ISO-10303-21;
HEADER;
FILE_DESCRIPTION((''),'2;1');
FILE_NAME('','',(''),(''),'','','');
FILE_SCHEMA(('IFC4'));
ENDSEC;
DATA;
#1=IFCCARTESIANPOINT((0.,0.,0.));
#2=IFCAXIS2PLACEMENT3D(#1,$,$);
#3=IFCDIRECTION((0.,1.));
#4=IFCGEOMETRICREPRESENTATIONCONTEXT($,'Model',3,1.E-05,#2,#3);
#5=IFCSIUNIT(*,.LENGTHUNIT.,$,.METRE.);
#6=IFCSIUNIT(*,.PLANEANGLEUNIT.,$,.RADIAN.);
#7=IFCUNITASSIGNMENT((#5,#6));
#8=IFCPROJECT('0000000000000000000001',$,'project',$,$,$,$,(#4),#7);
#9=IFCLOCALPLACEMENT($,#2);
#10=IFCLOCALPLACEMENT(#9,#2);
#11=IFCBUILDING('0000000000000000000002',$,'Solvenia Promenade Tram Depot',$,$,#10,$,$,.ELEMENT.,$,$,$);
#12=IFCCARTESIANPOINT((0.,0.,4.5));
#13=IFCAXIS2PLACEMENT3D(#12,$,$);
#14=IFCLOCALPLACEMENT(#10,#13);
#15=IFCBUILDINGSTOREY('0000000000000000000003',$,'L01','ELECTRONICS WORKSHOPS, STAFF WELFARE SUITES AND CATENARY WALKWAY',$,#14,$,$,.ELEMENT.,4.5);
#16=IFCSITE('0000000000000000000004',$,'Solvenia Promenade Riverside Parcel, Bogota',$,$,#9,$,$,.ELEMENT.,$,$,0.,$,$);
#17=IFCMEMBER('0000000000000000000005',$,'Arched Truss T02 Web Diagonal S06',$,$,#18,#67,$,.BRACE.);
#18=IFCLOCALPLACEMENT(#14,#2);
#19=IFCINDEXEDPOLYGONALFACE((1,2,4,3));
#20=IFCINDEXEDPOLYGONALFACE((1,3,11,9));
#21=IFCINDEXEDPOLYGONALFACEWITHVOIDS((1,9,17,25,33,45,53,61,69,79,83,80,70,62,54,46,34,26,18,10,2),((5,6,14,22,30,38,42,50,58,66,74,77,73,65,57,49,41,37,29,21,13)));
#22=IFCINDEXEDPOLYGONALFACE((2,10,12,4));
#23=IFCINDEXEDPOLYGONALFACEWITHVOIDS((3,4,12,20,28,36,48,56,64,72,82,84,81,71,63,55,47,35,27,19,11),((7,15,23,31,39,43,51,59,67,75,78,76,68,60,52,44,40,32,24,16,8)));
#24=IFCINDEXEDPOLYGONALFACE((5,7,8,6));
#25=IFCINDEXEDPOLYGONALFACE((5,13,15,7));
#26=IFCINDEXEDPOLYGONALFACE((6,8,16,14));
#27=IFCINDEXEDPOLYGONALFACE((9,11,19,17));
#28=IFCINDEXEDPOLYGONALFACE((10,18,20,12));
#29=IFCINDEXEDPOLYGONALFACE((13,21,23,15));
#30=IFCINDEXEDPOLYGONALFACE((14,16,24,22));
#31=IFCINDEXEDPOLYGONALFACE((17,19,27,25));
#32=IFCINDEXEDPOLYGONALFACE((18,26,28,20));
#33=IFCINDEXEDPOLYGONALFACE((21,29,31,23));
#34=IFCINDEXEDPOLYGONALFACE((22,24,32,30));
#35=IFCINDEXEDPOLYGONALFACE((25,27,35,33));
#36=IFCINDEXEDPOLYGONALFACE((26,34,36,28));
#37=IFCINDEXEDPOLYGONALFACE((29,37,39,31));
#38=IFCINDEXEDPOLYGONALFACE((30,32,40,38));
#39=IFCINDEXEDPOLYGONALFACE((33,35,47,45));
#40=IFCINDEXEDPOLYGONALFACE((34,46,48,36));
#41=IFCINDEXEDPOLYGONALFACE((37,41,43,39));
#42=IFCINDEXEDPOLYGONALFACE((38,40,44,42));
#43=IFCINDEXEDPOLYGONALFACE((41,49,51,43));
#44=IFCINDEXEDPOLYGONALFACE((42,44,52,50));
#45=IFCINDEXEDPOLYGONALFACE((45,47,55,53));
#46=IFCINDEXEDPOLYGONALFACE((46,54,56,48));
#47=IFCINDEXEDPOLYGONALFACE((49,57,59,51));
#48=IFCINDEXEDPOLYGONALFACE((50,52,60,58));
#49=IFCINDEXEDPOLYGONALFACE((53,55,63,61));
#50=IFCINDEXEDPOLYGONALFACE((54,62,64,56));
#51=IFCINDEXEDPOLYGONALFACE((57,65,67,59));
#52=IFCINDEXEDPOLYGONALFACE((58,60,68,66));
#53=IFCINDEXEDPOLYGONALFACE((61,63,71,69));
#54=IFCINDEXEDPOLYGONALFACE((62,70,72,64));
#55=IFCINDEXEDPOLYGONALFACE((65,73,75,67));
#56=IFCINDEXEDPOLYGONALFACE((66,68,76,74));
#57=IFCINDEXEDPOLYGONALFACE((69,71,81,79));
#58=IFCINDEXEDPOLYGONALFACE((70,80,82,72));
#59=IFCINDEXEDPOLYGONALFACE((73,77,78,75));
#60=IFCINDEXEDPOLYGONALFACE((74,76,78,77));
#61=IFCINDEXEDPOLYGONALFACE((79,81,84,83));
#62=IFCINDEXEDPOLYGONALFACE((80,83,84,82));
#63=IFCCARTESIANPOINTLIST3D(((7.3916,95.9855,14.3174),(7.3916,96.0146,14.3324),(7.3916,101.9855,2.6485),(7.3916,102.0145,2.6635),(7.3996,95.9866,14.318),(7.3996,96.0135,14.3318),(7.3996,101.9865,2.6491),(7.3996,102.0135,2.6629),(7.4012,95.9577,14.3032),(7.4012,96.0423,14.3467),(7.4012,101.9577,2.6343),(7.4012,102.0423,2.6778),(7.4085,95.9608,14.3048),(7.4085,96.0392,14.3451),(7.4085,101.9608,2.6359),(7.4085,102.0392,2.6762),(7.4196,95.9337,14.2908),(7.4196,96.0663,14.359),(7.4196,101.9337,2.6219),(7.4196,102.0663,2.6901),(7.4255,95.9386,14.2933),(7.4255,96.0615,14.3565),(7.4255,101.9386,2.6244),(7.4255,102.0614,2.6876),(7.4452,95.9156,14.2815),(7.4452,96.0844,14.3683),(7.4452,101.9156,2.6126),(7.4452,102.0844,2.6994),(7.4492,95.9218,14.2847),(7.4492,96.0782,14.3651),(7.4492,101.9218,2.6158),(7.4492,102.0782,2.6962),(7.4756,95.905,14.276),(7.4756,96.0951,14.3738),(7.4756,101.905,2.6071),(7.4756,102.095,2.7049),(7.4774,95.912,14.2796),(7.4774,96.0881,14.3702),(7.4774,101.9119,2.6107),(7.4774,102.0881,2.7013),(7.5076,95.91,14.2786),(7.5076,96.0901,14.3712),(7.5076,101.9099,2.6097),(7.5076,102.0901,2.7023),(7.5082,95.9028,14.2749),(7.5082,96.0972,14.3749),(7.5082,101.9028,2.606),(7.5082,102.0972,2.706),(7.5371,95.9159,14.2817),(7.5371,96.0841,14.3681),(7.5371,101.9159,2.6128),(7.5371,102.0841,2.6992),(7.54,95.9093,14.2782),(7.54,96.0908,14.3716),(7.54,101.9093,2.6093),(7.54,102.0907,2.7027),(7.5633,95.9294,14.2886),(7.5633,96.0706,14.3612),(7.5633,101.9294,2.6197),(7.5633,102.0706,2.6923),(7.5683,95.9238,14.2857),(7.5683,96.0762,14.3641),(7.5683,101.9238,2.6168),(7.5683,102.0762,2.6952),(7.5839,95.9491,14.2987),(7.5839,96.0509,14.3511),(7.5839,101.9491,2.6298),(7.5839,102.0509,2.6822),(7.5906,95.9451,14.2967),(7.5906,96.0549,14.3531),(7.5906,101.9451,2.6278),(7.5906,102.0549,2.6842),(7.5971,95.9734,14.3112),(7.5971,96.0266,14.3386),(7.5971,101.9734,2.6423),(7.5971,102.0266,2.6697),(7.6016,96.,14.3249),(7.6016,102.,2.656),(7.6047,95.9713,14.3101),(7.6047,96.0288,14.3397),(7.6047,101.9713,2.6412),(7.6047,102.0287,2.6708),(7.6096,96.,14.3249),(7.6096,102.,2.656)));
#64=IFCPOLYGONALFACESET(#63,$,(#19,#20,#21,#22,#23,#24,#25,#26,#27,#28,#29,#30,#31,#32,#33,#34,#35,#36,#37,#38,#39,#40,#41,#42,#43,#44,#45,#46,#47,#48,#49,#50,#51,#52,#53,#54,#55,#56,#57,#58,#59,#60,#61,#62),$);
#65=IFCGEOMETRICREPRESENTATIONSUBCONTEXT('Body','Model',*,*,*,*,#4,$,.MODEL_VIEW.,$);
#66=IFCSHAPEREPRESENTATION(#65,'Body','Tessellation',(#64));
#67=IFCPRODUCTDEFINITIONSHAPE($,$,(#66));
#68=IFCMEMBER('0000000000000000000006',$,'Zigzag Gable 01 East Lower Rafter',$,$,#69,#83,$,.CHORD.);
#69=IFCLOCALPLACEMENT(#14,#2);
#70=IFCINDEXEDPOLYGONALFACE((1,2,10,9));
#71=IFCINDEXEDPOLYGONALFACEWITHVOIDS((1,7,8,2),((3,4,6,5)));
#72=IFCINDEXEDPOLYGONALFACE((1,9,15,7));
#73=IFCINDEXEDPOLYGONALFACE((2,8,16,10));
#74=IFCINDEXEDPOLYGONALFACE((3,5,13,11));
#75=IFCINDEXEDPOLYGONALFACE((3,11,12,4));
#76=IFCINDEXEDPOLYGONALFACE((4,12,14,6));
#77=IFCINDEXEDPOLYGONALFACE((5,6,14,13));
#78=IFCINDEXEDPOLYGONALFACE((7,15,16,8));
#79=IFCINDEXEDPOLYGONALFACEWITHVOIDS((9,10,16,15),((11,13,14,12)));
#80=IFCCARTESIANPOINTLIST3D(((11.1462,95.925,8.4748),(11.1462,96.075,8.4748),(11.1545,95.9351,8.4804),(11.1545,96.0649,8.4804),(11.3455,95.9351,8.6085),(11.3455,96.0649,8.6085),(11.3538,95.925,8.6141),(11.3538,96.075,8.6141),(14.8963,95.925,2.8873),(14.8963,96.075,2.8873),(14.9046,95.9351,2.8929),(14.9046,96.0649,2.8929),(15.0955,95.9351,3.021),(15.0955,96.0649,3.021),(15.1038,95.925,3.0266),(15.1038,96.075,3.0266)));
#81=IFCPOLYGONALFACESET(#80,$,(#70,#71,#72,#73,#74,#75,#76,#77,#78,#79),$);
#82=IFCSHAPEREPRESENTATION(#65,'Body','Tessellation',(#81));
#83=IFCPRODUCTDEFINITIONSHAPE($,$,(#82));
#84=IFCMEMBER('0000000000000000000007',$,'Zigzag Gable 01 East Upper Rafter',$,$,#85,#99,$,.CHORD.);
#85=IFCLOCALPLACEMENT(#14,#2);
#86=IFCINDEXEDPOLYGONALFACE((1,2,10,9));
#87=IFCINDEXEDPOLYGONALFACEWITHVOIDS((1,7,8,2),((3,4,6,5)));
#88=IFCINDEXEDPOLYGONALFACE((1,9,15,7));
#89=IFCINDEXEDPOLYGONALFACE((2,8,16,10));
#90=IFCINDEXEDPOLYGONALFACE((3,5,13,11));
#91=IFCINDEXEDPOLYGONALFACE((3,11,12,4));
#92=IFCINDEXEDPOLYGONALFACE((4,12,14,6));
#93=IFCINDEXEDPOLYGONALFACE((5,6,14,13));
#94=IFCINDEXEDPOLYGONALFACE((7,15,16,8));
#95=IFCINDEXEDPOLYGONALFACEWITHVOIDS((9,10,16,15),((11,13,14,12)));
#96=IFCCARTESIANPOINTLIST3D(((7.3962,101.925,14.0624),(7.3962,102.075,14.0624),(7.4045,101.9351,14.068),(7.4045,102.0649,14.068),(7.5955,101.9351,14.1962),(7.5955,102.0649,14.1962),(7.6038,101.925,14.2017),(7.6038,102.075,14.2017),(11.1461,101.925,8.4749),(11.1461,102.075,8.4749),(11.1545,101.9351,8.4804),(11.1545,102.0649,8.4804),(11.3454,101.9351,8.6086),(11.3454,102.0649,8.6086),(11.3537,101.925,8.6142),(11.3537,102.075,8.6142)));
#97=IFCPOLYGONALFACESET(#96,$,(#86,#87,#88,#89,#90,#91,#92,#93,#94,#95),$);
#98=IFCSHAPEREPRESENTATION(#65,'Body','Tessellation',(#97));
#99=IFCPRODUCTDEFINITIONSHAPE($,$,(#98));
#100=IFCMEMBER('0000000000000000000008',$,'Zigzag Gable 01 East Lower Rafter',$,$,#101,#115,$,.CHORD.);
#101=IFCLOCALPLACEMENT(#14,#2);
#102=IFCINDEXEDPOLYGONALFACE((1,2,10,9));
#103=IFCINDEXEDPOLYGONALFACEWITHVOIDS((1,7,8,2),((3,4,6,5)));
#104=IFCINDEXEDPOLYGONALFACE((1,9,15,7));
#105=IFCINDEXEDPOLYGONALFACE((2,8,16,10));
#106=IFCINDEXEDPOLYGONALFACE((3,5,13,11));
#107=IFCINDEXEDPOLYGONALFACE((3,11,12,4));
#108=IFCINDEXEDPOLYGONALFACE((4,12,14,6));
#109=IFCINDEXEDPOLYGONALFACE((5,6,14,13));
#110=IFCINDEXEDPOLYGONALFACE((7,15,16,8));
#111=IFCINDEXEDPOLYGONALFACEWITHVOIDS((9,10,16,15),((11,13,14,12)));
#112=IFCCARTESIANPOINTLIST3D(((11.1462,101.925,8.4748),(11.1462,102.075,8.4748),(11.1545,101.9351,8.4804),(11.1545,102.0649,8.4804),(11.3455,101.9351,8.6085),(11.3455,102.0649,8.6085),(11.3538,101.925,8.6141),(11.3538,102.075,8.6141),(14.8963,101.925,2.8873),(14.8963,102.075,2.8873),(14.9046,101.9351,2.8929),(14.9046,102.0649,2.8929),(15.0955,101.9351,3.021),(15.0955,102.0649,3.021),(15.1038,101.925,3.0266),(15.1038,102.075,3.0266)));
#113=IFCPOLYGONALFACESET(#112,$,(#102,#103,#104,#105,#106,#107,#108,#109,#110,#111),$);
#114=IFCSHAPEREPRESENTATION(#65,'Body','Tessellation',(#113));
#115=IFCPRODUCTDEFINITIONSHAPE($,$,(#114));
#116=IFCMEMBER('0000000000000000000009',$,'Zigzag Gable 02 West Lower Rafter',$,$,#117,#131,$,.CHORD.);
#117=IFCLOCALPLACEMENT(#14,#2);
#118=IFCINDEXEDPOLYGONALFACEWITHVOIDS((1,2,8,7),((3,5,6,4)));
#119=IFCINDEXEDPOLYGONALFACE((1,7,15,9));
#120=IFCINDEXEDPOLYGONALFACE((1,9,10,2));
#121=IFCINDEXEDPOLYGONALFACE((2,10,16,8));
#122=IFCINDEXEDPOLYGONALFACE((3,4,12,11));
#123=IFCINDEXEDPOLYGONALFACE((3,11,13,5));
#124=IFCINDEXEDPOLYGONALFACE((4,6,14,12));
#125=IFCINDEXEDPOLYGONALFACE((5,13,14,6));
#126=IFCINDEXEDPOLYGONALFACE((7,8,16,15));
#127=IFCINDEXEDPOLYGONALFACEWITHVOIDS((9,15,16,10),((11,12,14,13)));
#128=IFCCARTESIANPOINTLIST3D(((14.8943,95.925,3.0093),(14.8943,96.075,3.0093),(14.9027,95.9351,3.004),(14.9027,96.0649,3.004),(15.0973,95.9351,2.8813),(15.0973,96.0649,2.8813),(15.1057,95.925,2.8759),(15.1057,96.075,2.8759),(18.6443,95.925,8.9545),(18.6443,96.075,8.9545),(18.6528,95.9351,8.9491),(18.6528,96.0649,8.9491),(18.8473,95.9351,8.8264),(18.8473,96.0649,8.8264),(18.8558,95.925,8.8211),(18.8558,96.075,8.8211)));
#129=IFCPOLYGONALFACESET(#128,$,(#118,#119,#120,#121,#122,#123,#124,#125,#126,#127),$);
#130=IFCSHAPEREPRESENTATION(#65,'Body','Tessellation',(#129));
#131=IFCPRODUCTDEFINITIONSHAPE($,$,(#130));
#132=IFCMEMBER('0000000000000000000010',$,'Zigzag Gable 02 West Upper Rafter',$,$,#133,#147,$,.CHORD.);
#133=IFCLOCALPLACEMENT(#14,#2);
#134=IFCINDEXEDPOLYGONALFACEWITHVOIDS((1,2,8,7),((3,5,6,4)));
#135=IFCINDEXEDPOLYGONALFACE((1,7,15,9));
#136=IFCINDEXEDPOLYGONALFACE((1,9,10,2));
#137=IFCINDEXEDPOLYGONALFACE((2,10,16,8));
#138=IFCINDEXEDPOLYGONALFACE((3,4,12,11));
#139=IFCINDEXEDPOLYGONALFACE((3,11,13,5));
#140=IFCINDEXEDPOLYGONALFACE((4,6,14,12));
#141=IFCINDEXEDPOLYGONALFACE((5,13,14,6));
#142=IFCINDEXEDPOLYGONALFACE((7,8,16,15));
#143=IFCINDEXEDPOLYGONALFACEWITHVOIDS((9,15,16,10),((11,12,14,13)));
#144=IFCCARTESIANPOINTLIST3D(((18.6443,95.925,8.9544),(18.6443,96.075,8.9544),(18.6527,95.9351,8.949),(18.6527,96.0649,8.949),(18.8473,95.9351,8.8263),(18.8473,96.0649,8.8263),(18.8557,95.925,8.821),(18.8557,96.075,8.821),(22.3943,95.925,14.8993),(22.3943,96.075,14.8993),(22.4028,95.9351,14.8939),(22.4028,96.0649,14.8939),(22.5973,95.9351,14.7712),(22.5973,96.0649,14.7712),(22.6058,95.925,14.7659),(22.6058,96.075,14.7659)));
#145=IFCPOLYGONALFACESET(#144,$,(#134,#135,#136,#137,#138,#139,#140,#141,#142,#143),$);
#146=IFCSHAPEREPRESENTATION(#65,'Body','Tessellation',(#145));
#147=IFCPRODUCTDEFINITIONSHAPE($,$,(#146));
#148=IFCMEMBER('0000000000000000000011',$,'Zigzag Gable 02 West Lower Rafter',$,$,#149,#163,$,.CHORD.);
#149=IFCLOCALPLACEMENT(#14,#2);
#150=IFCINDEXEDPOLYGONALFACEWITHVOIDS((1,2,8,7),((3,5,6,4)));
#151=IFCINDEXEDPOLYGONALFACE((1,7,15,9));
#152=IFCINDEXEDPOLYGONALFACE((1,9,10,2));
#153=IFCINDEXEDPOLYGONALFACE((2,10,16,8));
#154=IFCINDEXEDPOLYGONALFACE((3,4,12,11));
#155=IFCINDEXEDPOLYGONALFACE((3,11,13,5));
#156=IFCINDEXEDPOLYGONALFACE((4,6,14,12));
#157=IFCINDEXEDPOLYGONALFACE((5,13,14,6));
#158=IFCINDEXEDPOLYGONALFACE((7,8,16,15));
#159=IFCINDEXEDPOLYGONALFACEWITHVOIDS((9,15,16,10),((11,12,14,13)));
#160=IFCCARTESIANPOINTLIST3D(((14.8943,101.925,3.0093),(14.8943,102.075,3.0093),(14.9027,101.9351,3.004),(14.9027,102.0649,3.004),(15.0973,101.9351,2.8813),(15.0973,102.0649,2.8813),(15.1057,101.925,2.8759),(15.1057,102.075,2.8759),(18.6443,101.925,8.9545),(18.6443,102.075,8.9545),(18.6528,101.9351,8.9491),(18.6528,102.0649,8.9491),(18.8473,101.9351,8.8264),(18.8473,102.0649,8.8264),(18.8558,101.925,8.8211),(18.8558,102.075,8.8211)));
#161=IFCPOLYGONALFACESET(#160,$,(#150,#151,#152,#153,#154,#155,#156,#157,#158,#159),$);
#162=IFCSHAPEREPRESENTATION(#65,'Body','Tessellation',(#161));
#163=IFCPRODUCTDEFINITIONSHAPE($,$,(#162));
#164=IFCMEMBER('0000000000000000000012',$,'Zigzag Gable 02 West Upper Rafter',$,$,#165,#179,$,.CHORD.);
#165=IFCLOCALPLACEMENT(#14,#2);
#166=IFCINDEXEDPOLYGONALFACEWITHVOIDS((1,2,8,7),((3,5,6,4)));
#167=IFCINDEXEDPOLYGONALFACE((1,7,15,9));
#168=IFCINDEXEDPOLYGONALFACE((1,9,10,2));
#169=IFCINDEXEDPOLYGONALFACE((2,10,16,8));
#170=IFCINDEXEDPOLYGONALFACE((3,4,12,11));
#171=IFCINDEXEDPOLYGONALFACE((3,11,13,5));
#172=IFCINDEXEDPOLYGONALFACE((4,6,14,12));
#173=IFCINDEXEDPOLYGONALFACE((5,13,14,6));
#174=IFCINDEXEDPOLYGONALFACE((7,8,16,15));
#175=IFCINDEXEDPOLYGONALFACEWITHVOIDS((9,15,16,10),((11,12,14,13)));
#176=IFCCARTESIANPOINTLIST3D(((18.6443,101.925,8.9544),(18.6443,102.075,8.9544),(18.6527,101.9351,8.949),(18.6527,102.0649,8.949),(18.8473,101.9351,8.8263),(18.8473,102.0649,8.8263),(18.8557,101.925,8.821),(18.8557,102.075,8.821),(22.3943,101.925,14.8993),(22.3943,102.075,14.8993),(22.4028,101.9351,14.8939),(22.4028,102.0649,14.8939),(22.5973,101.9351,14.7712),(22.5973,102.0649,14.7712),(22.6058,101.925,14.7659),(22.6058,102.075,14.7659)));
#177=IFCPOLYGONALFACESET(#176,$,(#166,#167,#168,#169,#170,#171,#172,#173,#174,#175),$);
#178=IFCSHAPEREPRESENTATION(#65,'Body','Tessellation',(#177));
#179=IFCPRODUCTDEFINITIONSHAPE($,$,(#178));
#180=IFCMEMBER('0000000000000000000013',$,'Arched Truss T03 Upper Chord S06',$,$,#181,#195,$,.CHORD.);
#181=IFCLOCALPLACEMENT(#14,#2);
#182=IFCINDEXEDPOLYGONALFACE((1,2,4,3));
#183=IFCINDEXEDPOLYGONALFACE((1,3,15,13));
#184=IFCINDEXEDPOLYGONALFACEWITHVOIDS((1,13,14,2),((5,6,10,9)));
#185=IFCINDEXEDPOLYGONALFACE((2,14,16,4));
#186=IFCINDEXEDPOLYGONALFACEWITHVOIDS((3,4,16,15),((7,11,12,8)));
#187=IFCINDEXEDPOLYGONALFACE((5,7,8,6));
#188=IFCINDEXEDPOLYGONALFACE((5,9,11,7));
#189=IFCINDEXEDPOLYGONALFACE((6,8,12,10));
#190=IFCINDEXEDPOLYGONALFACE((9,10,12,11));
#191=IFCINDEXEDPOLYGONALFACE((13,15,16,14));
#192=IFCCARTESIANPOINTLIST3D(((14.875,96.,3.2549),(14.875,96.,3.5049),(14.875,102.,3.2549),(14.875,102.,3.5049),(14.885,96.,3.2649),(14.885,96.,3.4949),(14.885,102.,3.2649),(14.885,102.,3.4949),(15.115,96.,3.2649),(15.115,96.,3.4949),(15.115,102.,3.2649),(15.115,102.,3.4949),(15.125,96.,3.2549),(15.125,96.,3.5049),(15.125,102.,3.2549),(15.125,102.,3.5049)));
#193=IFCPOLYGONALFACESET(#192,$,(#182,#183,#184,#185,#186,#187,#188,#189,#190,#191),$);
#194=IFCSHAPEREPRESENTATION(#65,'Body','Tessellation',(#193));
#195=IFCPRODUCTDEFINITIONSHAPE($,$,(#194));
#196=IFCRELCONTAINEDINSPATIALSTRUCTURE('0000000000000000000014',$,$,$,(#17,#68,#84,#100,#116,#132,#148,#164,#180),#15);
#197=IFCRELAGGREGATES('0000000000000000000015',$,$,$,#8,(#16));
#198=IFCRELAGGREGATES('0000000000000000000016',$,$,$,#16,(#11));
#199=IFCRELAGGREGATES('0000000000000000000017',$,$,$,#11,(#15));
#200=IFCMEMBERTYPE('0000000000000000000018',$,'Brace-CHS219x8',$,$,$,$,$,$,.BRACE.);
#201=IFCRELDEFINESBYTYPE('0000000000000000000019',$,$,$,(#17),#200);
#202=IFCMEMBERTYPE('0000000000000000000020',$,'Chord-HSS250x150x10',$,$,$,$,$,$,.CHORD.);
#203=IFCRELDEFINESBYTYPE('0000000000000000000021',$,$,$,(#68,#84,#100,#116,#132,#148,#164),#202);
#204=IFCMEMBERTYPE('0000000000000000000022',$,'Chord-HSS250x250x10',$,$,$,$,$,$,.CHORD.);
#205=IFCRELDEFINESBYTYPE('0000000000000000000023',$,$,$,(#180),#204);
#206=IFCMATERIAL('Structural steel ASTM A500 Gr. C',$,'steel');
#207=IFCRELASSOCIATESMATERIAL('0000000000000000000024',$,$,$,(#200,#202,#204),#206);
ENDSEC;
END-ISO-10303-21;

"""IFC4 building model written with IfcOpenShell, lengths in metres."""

from ifc_helpers import new_model, si_unit, direction, frame, origin, origin_2d, place, context, subcontext, project, spatial, hollow_rectangle, hollow_circle, extrude, material, material_profile, profile_set, type_object, element, save


model = new_model("IFC4")

# Units and contexts
model_context = context("Model", 3, precision=1e-05, world=origin(), true_north=direction((0.0, 1.0)))
body_context = subcontext(model_context, "Body", "Model", "MODEL_VIEW")
ifc_project = project(units=[si_unit("LENGTHUNIT", "METRE"), si_unit("PLANEANGLEUNIT", "RADIAN")], contexts=[model_context])

# Site, building, storey
site_placement = place(None, origin())
site = spatial("IfcSite", under=ifc_project, at=site_placement, Name="Solvenia Promenade Riverside Parcel, Bogota", CompositionType="ELEMENT", RefElevation=0.0)
building_placement = place(site_placement, origin())
building = spatial("IfcBuilding", under=site, at=building_placement, Name="Solvenia Promenade Tram Depot", CompositionType="ELEMENT")
storey_placement = place(building_placement, frame((0.0, 0.0, 4.5)))
storey = spatial("IfcBuildingStorey", under=building, at=storey_placement, Name="L01", Description="ELECTRONICS WORKSHOPS, STAFF WELFARE SUITES AND CATENARY WALKWAY", CompositionType="ELEMENT", Elevation=4.5)

# Members
ifc_material_1 = material(Name="Structural steel ASTM A500 Gr. C", Category="steel")
ifc_material_profile_1 = material_profile(ifc_material_1, hollow_circle(Radius=0.1096, WallThickness=0.0081, at=origin_2d()), Name="CHS219.1x8", Category="steel")
ifc_profile_set_1 = profile_set([ifc_material_profile_1], Name="Structural steel ASTM A500 Gr. C")
member_type_1 = type_object("IfcMemberType", Name="Brace-CHS219x8", PredefinedType="BRACE", material=ifc_profile_set_1)
member_1_placement = place(storey_placement, frame((7.5, 102.0, 2.656), z_axis=(0.0, -0.457277, 0.889324), x_axis=(1.0, 0.0, 0.0)))
element("IfcMember", 1, at=member_1_placement, inside=storey, type_object=member_type_1, Name="Arched Truss T02 Web Diagonal S06", PredefinedType="BRACE", context=body_context, shape_type="SweptSolid", body=[
    extrude(hollow_circle(Radius=0.1096, WallThickness=0.0081, at=origin_2d()), origin(), (0.0, 0.0, 1.0), 13.1211),
])
ifc_material_profile_2 = material_profile(ifc_material_1, hollow_rectangle(XDim=0.1499, YDim=0.25, WallThickness=0.01, at=origin_2d()), Name="HSS250x150x10", Category="steel")
ifc_profile_set_2 = profile_set([ifc_material_profile_2], Name="Structural steel ASTM A500 Gr. C")
member_type_2 = type_object("IfcMemberType", Name="Chord-HSS250x150x10", PredefinedType="CHORD", material=ifc_profile_set_2)
for number, where, z_axis, x_axis, name in (
    (2, (11.25, 96.0, 8.5444), (0.557276, 0.0, -0.830327), (0.0, 1.0, 0.0), "Zigzag Gable 01 East Lower Rafter"),
    (3, (7.5, 102.0, 14.1321), (0.557259, 0.0, -0.830338), (0.0, 1.0, 0.0), "Zigzag Gable 01 East Upper Rafter"),
    (4, (11.25, 102.0, 8.5444), (0.557276, 0.0, -0.830327), (0.0, 1.0, 0.0), "Zigzag Gable 01 East Lower Rafter"),
):
    element("IfcMember", number, at=place(storey_placement, frame(where, z_axis=z_axis, x_axis=x_axis)), inside=storey, type_object=member_type_2, Name=name, PredefinedType="CHORD", context=body_context, shape_type="SweptSolid", body=[
        extrude(hollow_rectangle(XDim=0.1499, YDim=0.25, WallThickness=0.01, at=origin_2d()), origin(), (0.0, 0.0, 1.0), 6.7292),
    ])
member_2_placement = place(storey_placement, frame((15.0, 96.0, 2.9426), z_axis=(0.533507, 0.0, 0.845796), x_axis=(0.0, 1.0, 0.0)))
element("IfcMember", 5, at=member_2_placement, inside=storey, type_object=member_type_2, Name="Zigzag Gable 02 West Lower Rafter", PredefinedType="CHORD", context=body_context, shape_type="SweptSolid", body=[
    extrude(hollow_rectangle(XDim=0.1499, YDim=0.25, WallThickness=0.01, at=origin_2d()), origin(), (0.0, 0.0, 1.0), 7.0291),
])
member_3_placement = place(storey_placement, frame((18.75, 96.0, 8.8877), z_axis=(0.533522, 0.0, 0.845786), x_axis=(0.0, 1.0, 0.0)))
element("IfcMember", 6, at=member_3_placement, inside=storey, type_object=member_type_2, Name="Zigzag Gable 02 West Upper Rafter", PredefinedType="CHORD", context=body_context, shape_type="SweptSolid", body=[
    extrude(hollow_rectangle(XDim=0.1499, YDim=0.25, WallThickness=0.01, at=origin_2d()), origin(), (0.0, 0.0, 1.0), 7.0288),
])
member_4_placement = place(storey_placement, frame((15.0, 102.0, 2.9426), z_axis=(0.533507, 0.0, 0.845796), x_axis=(0.0, 1.0, 0.0)))
element("IfcMember", 7, at=member_4_placement, inside=storey, type_object=member_type_2, Name="Zigzag Gable 02 West Lower Rafter", PredefinedType="CHORD", context=body_context, shape_type="SweptSolid", body=[
    extrude(hollow_rectangle(XDim=0.1499, YDim=0.25, WallThickness=0.01, at=origin_2d()), origin(), (0.0, 0.0, 1.0), 7.0291),
])
member_5_placement = place(storey_placement, frame((18.75, 102.0, 8.8877), z_axis=(0.533522, 0.0, 0.845786), x_axis=(0.0, 1.0, 0.0)))
element("IfcMember", 8, at=member_5_placement, inside=storey, type_object=member_type_2, Name="Zigzag Gable 02 West Upper Rafter", PredefinedType="CHORD", context=body_context, shape_type="SweptSolid", body=[
    extrude(hollow_rectangle(XDim=0.1499, YDim=0.25, WallThickness=0.01, at=origin_2d()), origin(), (0.0, 0.0, 1.0), 7.0288),
])
ifc_material_profile_3 = material_profile(ifc_material_1, hollow_rectangle(XDim=0.25, YDim=0.25, WallThickness=0.01, at=origin_2d()), Name="HSS250x250x10", Category="steel")
ifc_profile_set_3 = profile_set([ifc_material_profile_3], Name="Structural steel ASTM A500 Gr. C")
member_type_3 = type_object("IfcMemberType", Name="Chord-HSS250x250x10", PredefinedType="CHORD", material=ifc_profile_set_3)
for number, where, z_axis, x_axis, name in (
    (9, (15.0, 96.0, 3.3799), (0.0, 1.0, 0.0), (-1.0, 0.0, 0.0), "Arched Truss T03 Upper Chord S06"),
):
    element("IfcMember", number, at=place(storey_placement, frame(where, z_axis=z_axis, x_axis=x_axis)), inside=storey, type_object=member_type_3, Name=name, PredefinedType="CHORD", context=body_context, shape_type="SweptSolid", body=[
        extrude(hollow_rectangle(XDim=0.25, YDim=0.25, WallThickness=0.01, at=origin_2d()), origin(), (0.0, 0.0, 1.0), 6.0),
    ])

save(model, "model.ifc")
